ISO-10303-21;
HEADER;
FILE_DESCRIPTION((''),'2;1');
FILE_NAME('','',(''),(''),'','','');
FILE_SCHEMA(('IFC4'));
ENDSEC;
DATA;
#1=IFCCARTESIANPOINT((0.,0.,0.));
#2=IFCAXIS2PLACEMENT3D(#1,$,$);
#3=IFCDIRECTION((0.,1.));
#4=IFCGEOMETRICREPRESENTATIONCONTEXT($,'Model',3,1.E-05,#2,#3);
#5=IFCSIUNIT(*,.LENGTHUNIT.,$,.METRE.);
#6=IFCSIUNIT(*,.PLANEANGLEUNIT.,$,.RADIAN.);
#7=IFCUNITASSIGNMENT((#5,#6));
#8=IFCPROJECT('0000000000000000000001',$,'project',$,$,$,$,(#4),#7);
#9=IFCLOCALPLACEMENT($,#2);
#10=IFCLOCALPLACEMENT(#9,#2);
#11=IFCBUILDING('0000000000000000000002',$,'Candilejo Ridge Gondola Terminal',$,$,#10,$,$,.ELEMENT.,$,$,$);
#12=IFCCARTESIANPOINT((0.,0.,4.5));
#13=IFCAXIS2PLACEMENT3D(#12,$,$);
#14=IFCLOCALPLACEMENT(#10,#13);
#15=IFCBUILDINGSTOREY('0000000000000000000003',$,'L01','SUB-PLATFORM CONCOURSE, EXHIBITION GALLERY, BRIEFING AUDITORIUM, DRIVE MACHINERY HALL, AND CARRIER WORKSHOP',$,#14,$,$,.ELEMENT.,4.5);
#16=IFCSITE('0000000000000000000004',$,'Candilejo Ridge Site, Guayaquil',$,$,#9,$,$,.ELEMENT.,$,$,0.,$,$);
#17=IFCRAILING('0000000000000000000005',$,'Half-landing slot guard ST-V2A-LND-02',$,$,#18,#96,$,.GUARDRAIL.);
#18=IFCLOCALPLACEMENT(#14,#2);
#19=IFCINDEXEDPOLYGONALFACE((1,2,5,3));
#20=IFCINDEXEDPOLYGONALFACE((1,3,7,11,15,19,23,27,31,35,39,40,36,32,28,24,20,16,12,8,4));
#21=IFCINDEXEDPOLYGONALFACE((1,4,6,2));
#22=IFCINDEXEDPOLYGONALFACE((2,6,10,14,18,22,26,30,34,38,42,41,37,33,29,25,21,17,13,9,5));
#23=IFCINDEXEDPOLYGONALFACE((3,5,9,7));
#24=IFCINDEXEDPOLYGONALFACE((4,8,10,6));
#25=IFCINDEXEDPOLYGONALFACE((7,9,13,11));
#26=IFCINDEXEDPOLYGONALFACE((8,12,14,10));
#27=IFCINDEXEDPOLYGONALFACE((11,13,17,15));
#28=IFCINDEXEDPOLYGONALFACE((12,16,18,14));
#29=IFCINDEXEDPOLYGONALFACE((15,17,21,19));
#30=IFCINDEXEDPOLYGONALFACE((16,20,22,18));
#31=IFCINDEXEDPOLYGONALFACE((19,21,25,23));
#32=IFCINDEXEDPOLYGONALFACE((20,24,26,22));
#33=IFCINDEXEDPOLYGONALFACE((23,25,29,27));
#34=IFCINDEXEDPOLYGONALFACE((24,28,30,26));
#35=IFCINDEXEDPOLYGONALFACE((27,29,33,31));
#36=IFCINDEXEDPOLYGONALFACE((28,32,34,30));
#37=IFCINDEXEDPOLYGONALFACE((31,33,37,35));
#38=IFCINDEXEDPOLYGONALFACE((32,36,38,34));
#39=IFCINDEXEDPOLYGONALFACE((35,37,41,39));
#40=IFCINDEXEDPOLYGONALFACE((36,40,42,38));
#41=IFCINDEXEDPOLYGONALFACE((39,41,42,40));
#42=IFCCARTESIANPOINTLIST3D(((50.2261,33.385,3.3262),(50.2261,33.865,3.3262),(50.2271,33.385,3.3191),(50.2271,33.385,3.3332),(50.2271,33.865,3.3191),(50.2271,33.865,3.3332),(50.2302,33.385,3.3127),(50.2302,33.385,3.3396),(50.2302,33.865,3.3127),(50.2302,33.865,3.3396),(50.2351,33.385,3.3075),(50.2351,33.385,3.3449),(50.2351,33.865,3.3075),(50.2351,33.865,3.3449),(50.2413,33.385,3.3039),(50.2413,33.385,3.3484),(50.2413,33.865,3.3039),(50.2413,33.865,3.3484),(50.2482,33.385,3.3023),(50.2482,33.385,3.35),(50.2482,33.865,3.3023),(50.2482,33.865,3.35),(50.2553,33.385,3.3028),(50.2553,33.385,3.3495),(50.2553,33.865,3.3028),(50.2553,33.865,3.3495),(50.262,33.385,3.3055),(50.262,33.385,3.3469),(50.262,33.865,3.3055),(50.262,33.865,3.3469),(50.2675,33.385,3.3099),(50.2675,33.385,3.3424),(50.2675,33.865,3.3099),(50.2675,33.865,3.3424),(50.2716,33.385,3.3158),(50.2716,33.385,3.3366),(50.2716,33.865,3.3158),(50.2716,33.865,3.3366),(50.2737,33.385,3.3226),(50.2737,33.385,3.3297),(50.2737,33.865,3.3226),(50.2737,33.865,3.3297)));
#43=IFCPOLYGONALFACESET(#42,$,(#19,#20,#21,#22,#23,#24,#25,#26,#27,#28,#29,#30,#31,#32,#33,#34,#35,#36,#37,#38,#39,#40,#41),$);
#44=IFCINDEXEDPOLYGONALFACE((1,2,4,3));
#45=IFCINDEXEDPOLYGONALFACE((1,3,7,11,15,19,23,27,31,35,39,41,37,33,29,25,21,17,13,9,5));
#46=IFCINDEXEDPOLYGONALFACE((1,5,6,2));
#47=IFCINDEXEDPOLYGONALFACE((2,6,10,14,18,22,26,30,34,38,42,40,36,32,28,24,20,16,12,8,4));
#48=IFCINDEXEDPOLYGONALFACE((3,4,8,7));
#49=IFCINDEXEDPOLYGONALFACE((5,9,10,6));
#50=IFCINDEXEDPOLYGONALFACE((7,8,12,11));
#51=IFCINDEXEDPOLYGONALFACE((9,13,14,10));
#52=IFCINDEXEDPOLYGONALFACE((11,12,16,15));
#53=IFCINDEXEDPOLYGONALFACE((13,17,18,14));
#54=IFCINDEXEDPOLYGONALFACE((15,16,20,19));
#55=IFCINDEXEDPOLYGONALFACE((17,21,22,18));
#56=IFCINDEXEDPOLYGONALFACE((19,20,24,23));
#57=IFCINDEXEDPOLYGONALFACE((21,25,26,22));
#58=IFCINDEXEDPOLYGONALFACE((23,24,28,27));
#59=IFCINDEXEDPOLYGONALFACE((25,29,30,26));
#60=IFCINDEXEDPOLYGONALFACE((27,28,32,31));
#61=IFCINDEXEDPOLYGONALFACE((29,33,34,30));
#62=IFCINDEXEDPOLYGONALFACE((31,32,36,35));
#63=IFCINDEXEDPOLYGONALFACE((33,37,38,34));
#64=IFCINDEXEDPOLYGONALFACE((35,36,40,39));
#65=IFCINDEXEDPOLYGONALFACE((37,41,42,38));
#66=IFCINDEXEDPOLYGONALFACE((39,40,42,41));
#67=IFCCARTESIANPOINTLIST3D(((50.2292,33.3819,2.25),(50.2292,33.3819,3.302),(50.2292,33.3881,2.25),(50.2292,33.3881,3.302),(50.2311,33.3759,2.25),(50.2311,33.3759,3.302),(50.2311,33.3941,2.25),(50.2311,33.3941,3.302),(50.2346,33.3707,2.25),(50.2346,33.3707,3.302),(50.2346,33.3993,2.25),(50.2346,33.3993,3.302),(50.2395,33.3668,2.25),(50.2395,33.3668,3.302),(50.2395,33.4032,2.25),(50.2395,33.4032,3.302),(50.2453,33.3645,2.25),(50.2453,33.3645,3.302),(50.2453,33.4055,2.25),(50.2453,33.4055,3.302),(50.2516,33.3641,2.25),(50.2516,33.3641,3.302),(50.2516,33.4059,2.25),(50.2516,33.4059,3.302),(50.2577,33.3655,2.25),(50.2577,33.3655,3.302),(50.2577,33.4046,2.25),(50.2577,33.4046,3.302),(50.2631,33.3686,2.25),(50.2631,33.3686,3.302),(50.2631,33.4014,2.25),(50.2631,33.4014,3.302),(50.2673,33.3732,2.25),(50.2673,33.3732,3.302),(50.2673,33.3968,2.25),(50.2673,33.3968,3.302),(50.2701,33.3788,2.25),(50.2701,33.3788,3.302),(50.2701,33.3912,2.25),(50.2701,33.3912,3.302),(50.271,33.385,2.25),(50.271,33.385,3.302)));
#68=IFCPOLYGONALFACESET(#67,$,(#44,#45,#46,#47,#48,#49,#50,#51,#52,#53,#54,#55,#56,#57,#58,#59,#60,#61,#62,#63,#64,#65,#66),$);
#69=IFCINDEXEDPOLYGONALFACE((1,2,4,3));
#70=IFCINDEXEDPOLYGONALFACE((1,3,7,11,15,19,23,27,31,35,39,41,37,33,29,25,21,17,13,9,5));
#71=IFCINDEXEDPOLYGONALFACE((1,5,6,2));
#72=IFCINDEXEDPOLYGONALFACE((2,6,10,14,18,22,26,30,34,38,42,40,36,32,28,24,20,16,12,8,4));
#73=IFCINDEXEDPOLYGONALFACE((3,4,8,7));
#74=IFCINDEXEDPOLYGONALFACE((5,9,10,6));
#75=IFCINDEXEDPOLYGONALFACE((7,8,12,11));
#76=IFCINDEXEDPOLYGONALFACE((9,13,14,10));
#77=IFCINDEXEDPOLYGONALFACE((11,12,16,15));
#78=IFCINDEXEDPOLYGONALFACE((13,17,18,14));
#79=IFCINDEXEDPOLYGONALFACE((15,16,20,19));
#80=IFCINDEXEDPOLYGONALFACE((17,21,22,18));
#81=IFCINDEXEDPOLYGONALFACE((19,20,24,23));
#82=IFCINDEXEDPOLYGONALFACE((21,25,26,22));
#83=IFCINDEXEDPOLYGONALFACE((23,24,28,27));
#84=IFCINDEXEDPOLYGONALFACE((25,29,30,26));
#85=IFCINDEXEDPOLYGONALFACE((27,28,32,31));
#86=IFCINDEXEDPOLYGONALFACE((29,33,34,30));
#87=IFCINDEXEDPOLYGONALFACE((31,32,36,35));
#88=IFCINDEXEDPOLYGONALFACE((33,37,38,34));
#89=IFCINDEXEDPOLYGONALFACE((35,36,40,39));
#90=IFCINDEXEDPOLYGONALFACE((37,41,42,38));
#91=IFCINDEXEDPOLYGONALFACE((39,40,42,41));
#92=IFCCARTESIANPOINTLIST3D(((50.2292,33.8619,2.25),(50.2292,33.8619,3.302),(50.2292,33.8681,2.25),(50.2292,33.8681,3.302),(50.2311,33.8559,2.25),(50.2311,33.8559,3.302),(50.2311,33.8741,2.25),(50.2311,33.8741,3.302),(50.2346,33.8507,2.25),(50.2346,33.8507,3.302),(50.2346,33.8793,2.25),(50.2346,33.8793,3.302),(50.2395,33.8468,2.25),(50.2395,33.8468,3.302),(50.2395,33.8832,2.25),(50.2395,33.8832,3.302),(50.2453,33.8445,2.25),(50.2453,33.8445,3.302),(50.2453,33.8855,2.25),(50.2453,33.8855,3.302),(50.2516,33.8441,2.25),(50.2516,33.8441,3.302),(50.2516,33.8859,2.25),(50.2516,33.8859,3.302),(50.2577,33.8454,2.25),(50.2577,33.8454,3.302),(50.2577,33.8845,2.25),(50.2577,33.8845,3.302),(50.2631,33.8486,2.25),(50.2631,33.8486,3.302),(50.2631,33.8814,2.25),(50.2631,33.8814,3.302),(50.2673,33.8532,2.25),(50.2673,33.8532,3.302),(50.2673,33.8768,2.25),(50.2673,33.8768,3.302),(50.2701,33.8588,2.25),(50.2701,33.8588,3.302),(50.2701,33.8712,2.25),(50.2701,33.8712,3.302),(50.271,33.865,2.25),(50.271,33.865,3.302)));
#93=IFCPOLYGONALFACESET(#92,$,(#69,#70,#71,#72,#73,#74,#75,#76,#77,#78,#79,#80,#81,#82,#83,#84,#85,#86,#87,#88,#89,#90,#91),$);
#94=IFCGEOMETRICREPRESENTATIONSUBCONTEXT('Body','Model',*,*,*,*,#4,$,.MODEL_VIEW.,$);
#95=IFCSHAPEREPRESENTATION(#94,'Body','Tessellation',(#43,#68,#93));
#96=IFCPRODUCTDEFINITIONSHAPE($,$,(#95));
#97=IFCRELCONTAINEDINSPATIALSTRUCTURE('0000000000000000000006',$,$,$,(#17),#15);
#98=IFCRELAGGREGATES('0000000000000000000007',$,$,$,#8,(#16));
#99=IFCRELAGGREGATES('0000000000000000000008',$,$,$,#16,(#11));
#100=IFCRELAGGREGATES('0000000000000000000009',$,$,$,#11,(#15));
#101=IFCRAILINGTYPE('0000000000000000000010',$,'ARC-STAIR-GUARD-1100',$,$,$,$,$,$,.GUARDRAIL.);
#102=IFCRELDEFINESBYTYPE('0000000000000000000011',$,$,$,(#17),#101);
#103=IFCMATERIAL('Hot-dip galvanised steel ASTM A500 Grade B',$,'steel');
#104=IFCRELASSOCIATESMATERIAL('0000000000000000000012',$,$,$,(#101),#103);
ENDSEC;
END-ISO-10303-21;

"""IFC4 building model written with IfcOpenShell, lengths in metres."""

from ifc_helpers import new_model, si_unit, direction, frame, origin, origin_2d, place, context, subcontext, project, spatial, circle, extrude, material, type_object, element, save


model = new_model("IFC4")

# Units and contexts
model_context = context("Model", 3, precision=1e-05, world=origin(), true_north=direction((0.0, 1.0)))
body_context = subcontext(model_context, "Body", "Model", "MODEL_VIEW")
ifc_project = project(units=[si_unit("LENGTHUNIT", "METRE"), si_unit("PLANEANGLEUNIT", "RADIAN")], contexts=[model_context])

# Site, building, storey
site_placement = place(None, origin())
site = spatial("IfcSite", under=ifc_project, at=site_placement, Name="Candilejo Ridge Site, Guayaquil", CompositionType="ELEMENT", RefElevation=0.0)
building_placement = place(site_placement, origin())
building = spatial("IfcBuilding", under=site, at=building_placement, Name="Candilejo Ridge Gondola Terminal", CompositionType="ELEMENT")
storey_placement = place(building_placement, frame((0.0, 0.0, 4.5)))
storey = spatial("IfcBuildingStorey", under=building, at=storey_placement, Name="L01", Description="SUB-PLATFORM CONCOURSE, EXHIBITION GALLERY, BRIEFING AUDITORIUM, DRIVE MACHINERY HALL, AND CARRIER WORKSHOP", CompositionType="ELEMENT", Elevation=4.5)

# Railing
ifc_material_1 = material(Name="Hot-dip galvanised steel ASTM A500 Grade B", Category="steel")
railing_type_1 = type_object("IfcRailingType", Name="ARC-STAIR-GUARD-1100", PredefinedType="GUARDRAIL", material=ifc_material_1)
railing_1_placement = place(storey_placement, frame((50.25, 33.385, 2.25)))
element("IfcRailing", 1, at=railing_1_placement, inside=storey, type_object=railing_type_1, Name="Half-landing slot guard ST-V2A-LND-02", PredefinedType="GUARDRAIL", context=body_context, shape_type="SweptSolid", body=[
    extrude(circle(Radius=0.0239, at=origin_2d()), frame((0.0, 0.0, 1.0762), z_axis=(0.0, 1.0, 0.0), x_axis=(-1.0, 0.0, 0.0)), (0.0, 0.0, 1.0), 0.48),
    extrude(circle(Radius=0.021, at=origin_2d()), origin(), (0.0, 0.0, 1.0), 1.052),
    extrude(circle(Radius=0.021, at=origin_2d()), frame((0.0, 0.48, 0.0)), (0.0, 0.0, 1.0), 1.052),
])

save(model, "model.ifc")
